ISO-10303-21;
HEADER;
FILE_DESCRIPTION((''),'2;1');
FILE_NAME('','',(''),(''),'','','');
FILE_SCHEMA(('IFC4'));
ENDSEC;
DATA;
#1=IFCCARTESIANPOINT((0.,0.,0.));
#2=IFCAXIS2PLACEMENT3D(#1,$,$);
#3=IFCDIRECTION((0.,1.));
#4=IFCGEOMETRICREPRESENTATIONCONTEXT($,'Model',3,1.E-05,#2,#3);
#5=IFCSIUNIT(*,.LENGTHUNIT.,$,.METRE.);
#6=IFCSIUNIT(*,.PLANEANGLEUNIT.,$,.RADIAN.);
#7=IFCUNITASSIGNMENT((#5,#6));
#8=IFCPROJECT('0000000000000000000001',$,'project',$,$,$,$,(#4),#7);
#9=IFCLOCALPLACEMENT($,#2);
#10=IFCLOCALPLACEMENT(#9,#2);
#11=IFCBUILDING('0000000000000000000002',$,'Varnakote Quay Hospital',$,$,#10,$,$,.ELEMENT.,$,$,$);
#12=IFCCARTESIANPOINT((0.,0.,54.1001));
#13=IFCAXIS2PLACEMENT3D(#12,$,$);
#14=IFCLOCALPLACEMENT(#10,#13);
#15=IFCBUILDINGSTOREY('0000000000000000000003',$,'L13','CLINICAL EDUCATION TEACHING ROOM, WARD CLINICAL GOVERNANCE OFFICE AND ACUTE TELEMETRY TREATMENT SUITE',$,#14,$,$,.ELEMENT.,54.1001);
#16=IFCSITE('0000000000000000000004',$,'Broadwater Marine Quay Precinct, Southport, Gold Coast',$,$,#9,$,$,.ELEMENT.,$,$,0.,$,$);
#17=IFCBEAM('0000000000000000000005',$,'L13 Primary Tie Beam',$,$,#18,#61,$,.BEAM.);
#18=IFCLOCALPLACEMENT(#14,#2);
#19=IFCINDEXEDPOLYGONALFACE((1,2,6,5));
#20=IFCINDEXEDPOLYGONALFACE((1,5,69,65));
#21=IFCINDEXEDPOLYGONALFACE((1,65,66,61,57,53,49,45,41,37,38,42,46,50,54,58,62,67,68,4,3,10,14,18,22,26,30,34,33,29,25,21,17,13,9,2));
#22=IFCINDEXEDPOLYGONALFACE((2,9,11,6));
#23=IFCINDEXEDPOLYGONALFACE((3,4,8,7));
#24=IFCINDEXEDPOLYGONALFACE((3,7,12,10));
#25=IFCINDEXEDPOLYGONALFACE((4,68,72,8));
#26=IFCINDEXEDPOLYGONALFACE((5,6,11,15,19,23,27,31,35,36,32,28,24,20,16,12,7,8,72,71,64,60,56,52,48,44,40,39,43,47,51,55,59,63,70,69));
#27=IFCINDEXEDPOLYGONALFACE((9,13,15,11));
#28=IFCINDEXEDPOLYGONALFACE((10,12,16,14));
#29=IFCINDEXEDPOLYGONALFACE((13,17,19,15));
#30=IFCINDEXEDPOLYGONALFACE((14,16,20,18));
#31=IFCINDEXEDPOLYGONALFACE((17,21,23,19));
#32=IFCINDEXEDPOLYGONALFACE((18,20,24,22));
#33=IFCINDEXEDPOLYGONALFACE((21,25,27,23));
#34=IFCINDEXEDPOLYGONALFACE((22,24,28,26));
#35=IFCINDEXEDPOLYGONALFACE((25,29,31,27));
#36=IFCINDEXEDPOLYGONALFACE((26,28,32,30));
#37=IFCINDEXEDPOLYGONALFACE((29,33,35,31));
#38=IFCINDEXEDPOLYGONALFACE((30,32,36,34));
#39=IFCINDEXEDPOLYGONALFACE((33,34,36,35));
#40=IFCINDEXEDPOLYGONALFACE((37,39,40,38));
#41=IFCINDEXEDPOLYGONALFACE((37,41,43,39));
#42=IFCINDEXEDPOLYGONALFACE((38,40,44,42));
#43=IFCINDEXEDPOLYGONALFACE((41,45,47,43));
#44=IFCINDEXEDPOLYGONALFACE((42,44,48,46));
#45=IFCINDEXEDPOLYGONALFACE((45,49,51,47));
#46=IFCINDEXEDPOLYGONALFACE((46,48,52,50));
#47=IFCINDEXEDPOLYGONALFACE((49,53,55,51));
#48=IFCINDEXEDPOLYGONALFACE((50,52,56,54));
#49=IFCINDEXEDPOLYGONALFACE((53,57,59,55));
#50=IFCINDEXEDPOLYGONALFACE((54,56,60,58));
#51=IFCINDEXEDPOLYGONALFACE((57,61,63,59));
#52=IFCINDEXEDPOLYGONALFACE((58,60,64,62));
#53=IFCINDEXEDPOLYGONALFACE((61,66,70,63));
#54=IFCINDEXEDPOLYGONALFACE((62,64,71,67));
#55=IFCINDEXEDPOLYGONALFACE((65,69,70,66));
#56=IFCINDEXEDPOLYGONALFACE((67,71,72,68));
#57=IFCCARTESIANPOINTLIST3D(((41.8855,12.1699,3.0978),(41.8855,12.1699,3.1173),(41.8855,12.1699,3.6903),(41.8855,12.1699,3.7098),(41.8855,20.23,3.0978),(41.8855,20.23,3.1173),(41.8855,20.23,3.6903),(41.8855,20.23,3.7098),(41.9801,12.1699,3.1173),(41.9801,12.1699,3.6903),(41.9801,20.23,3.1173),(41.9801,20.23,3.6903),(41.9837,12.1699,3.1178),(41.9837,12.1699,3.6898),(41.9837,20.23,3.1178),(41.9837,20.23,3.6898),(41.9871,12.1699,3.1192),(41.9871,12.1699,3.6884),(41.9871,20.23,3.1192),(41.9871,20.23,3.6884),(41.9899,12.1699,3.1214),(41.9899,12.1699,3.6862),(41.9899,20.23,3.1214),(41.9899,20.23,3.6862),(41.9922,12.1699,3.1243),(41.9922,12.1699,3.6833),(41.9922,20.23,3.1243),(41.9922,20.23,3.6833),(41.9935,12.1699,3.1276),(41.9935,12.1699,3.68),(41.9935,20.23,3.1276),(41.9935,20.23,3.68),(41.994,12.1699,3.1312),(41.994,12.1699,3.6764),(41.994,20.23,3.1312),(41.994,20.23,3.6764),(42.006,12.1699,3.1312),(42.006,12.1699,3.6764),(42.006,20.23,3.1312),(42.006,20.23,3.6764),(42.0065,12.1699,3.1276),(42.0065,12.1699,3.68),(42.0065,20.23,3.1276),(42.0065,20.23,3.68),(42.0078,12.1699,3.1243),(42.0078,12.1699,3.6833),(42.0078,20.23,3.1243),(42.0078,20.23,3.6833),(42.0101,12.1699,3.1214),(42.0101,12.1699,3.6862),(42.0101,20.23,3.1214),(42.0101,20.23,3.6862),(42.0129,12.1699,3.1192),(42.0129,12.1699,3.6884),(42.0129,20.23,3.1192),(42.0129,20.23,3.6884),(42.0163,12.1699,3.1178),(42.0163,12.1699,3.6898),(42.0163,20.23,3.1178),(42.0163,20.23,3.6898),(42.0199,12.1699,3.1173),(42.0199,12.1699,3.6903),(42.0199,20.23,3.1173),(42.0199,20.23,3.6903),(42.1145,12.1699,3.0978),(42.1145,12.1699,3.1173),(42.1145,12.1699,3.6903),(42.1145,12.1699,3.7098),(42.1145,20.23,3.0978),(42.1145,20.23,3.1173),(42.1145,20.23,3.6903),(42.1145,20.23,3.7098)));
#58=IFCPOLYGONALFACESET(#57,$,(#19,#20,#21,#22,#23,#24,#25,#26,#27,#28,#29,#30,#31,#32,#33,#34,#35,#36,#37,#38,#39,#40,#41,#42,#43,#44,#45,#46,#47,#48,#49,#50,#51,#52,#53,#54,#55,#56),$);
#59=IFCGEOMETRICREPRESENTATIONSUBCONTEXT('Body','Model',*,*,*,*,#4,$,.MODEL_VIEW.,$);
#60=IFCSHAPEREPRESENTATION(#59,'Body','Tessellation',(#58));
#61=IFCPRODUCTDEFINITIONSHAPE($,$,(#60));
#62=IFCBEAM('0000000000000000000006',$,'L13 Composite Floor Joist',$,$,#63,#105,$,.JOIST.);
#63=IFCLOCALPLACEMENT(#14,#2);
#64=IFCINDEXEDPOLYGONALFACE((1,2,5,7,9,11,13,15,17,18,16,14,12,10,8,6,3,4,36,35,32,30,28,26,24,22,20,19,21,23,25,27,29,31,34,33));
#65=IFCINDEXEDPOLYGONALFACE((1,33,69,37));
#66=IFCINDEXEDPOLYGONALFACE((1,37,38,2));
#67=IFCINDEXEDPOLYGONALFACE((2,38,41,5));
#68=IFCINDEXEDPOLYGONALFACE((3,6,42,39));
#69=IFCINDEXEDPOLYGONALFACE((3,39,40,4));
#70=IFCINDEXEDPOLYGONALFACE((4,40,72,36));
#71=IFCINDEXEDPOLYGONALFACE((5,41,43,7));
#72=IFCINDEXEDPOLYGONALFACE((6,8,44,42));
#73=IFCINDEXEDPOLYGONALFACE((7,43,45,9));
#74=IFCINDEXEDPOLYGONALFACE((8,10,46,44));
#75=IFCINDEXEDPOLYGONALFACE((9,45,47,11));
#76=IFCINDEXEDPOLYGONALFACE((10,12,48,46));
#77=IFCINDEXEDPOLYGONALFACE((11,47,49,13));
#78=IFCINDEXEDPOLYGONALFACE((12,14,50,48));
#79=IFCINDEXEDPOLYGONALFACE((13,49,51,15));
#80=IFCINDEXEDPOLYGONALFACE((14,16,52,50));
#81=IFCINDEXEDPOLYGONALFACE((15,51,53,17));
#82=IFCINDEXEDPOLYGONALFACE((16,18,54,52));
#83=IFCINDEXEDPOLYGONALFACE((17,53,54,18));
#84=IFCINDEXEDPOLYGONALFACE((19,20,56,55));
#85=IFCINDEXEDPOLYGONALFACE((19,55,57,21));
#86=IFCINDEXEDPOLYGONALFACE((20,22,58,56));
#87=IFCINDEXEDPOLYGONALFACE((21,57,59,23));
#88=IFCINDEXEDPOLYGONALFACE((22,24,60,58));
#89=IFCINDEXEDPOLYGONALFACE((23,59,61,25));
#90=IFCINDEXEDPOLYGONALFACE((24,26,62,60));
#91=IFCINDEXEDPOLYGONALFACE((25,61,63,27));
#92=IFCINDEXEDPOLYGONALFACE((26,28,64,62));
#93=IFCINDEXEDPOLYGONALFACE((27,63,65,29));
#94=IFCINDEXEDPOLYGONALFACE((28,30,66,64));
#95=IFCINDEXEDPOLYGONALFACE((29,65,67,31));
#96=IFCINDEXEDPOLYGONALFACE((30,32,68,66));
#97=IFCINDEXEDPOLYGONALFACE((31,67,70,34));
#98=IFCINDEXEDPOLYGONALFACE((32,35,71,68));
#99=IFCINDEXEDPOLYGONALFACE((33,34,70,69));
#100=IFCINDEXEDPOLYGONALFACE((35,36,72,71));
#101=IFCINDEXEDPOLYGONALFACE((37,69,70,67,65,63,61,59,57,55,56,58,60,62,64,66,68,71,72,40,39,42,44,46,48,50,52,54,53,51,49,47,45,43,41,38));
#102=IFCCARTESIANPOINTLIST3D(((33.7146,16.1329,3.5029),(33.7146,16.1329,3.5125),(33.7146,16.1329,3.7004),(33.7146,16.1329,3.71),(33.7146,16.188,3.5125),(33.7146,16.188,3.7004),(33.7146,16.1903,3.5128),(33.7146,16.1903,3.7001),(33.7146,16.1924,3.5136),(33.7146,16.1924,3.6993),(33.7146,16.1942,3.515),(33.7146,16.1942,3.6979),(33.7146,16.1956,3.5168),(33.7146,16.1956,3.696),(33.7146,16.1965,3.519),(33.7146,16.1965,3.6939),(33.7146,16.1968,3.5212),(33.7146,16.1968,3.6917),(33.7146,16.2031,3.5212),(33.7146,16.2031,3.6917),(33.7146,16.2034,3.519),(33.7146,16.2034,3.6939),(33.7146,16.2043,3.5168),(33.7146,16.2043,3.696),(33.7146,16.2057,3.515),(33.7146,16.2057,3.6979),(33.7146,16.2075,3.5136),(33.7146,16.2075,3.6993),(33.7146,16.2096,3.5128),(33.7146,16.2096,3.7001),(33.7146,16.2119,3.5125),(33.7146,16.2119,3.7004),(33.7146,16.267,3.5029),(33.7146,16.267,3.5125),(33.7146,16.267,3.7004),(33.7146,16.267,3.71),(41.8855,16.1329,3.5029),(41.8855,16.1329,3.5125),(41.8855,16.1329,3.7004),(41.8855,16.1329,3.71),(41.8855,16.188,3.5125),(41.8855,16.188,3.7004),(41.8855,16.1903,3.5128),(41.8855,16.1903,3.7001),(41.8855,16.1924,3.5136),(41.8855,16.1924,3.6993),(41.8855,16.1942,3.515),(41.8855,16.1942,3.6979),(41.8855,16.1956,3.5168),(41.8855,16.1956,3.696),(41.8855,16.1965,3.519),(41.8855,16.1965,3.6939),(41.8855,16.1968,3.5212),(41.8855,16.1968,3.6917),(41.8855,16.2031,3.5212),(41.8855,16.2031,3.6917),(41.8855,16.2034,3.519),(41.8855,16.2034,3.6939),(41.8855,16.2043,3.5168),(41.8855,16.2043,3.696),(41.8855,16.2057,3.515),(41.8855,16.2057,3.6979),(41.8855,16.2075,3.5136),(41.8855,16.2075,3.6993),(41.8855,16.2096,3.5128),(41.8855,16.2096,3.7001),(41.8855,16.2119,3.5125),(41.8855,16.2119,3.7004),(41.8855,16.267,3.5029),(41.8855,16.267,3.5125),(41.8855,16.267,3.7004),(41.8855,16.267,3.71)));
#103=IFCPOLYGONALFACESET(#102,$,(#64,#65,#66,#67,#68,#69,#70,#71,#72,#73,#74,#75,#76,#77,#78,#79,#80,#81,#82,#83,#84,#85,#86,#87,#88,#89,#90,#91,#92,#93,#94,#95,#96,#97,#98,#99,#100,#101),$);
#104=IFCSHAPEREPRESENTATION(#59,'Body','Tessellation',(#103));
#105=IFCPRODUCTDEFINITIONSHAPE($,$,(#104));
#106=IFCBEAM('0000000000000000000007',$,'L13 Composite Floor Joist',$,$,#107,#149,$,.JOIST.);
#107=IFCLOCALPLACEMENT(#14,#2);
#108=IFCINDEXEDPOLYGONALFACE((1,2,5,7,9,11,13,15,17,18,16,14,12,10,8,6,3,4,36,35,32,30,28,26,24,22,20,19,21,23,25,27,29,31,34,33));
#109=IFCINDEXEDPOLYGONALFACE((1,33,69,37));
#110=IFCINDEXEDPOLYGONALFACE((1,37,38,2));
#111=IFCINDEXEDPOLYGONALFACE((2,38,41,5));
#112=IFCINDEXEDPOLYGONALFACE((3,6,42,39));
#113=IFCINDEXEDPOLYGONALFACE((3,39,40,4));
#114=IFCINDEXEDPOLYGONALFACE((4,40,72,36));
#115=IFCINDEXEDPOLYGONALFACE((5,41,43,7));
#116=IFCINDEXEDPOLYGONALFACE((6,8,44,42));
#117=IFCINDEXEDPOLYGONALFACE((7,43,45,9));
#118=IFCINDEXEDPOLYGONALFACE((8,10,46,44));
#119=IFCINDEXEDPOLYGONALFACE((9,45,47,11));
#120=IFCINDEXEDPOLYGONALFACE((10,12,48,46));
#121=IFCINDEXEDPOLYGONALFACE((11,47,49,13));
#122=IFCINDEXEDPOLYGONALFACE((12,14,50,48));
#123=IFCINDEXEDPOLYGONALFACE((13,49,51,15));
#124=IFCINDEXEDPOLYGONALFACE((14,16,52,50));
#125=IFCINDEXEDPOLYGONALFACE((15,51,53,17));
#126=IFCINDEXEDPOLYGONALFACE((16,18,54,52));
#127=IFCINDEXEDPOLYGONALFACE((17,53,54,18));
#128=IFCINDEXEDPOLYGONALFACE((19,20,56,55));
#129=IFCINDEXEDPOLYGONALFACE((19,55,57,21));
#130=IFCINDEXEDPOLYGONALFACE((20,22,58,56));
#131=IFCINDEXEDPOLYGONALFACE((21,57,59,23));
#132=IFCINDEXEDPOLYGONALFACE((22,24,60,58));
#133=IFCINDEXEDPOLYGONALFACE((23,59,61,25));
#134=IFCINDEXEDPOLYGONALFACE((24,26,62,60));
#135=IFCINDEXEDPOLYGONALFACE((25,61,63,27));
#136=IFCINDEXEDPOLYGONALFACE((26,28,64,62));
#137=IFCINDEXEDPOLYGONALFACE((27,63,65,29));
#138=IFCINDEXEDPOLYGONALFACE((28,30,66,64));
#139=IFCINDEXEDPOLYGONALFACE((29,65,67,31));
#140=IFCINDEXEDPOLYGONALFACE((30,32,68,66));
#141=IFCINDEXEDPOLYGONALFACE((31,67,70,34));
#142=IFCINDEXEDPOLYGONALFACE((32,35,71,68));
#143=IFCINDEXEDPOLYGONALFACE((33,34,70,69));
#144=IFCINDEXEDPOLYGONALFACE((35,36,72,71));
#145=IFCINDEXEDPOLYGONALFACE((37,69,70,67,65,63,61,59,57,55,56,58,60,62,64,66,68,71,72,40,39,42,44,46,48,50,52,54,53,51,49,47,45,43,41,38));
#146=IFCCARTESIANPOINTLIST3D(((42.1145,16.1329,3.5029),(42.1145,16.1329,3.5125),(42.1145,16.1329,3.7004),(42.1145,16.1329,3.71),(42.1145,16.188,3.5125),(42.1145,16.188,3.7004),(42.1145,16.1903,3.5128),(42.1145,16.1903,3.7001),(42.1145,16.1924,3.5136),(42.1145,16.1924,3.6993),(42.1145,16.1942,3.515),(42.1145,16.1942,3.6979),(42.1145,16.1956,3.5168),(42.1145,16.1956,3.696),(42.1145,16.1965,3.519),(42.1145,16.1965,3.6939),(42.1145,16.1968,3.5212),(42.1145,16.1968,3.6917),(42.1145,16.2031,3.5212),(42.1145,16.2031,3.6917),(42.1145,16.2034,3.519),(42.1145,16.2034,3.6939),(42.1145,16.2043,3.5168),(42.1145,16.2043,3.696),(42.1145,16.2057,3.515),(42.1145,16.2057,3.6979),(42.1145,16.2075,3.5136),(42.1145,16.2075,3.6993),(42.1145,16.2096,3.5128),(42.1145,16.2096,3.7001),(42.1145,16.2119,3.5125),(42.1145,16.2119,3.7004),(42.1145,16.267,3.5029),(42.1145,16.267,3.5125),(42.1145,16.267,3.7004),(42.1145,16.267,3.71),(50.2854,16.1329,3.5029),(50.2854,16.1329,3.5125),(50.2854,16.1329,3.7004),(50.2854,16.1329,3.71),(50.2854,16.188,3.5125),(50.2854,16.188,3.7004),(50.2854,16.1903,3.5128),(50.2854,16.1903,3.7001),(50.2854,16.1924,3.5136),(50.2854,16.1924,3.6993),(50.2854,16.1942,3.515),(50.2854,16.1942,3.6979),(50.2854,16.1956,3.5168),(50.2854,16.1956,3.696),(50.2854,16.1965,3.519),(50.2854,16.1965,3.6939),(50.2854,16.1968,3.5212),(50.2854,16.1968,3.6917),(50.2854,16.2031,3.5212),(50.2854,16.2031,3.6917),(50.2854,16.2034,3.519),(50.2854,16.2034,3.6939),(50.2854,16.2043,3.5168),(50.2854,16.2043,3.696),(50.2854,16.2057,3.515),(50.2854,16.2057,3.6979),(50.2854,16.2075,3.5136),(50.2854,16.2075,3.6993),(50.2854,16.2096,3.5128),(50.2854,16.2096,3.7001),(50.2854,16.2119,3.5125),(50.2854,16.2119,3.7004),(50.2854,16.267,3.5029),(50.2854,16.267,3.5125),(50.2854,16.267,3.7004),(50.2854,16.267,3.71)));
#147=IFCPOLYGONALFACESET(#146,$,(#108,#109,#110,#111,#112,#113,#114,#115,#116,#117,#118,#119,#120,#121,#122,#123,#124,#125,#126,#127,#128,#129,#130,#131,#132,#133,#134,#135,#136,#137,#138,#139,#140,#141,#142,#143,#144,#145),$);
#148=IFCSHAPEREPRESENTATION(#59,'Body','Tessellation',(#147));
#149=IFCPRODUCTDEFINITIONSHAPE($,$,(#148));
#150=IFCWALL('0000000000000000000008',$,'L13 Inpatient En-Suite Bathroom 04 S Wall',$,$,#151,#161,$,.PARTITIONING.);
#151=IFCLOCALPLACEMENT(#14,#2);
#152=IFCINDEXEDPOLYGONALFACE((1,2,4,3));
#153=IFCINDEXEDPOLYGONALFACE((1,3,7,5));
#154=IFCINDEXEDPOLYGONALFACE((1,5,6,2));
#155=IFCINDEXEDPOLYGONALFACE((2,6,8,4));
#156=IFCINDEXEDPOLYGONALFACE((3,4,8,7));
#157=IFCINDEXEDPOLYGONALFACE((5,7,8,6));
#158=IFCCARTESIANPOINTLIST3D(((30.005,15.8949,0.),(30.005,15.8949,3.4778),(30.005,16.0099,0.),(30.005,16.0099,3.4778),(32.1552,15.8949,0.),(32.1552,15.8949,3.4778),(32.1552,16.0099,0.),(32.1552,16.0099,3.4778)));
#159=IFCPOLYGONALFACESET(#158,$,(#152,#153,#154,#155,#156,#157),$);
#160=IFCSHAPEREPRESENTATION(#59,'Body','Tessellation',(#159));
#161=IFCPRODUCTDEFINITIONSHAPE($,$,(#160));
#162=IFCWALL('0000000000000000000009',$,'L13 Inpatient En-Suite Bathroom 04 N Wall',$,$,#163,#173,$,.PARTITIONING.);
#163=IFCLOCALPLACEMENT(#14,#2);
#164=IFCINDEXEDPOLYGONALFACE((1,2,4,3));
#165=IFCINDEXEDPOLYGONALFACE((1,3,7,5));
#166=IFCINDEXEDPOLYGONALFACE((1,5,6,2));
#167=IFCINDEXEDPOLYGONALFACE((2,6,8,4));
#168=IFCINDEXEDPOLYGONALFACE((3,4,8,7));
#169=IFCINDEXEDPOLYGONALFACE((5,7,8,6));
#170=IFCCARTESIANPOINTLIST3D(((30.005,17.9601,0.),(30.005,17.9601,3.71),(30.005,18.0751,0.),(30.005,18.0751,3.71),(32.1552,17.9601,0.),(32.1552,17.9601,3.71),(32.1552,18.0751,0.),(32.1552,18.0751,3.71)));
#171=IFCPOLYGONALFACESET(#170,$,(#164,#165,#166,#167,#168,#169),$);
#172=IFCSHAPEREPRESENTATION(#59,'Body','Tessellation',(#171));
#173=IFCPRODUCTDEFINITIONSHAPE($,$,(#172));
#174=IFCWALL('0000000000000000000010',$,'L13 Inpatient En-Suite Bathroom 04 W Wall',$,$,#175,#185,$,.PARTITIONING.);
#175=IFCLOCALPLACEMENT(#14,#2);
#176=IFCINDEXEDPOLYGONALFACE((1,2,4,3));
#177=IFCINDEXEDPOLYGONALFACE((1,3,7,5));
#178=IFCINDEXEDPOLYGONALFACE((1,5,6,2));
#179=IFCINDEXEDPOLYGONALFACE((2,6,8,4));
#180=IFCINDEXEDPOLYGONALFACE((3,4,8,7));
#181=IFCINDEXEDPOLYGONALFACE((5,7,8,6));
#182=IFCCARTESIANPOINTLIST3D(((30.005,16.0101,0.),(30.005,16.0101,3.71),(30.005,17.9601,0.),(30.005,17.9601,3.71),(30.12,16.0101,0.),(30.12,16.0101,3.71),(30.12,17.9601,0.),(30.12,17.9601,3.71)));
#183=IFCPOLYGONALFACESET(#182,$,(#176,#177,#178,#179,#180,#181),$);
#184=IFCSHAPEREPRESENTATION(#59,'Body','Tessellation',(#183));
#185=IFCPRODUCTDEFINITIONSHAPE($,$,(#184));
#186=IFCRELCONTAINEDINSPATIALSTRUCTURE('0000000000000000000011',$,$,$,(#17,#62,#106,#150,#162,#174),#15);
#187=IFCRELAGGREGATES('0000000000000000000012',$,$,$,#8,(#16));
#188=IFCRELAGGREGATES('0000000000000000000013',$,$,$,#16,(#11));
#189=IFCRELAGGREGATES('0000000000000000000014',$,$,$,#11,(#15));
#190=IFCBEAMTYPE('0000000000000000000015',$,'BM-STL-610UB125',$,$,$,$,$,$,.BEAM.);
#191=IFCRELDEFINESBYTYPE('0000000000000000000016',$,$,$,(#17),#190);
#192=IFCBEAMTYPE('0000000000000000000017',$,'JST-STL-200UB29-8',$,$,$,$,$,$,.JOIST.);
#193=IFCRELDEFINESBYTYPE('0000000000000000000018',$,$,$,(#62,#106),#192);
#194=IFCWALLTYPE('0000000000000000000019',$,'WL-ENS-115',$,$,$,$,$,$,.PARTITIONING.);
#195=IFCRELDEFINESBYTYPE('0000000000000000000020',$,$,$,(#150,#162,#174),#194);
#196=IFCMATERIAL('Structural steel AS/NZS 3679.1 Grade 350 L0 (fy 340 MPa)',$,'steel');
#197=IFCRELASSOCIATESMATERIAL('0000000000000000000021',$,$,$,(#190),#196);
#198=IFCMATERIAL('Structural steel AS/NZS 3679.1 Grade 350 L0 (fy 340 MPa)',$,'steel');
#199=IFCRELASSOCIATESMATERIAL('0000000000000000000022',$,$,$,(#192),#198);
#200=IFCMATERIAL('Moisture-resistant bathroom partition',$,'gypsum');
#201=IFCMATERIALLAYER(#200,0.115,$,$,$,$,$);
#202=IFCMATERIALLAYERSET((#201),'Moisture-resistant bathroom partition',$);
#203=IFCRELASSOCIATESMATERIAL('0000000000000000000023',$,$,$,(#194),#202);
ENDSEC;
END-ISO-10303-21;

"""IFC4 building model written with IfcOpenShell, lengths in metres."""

from ifc_helpers import new_model, si_unit, direction, frame, frame_2d, origin, origin_2d, place, context, subcontext, project, spatial, rectangle, i_section, extrude, material, layer, layer_set, material_profile, profile_set, type_object, element, save


model = new_model("IFC4")

# Units and contexts
model_context = context("Model", 3, precision=1e-05, world=origin(), true_north=direction((0.0, 1.0)))
body_context = subcontext(model_context, "Body", "Model", "MODEL_VIEW")
ifc_project = project(units=[si_unit("LENGTHUNIT", "METRE"), si_unit("PLANEANGLEUNIT", "RADIAN")], contexts=[model_context])

# Site, building, storey
site_placement = place(None, origin())
site = spatial("IfcSite", under=ifc_project, at=site_placement, Name="Broadwater Marine Quay Precinct, Southport, Gold Coast", CompositionType="ELEMENT", RefElevation=0.0)
building_placement = place(site_placement, origin())
building = spatial("IfcBuilding", under=site, at=building_placement, Name="Varnakote Quay Hospital", CompositionType="ELEMENT")
storey_placement = place(building_placement, frame((0.0, 0.0, 54.1001)))
storey = spatial("IfcBuildingStorey", under=building, at=storey_placement, Name="L13", Description="CLINICAL EDUCATION TEACHING ROOM, WARD CLINICAL GOVERNANCE OFFICE AND ACUTE TELEMETRY TREATMENT SUITE", CompositionType="ELEMENT", Elevation=54.1001)

# Beams
ifc_material_1 = material(Name="Structural steel AS/NZS 3679.1 Grade 350 L0 (fy 340 MPa)", Category="steel")
ifc_material_profile_1 = material_profile(ifc_material_1, i_section(OverallWidth=0.229, OverallDepth=0.6121, WebThickness=0.012, FlangeThickness=0.0195, FilletRadius=0.0139, at=origin_2d()), Name="610UB125")
ifc_profile_set_1 = profile_set([ifc_material_profile_1], Name="Structural steel AS/NZS 3679.1 Grade 350 L0 (fy 340 MPa)")
beam_type_1 = type_object("IfcBeamType", Name="BM-STL-610UB125", PredefinedType="BEAM", material=ifc_profile_set_1)
beam_placement = place(storey_placement, frame((42.0, 12.1699, 3.4038), z_axis=(0.0, 1.0, 0.0), x_axis=(-1.0, 0.0, 0.0)))
element("IfcBeam", 1, at=beam_placement, inside=storey, type_object=beam_type_1, Name="L13 Primary Tie Beam", PredefinedType="BEAM", context=body_context, shape_type="SweptSolid", body=[
    extrude(i_section(OverallWidth=0.229, OverallDepth=0.6121, WebThickness=0.012, FlangeThickness=0.0195, FilletRadius=0.0139, at=origin_2d()), origin(), (0.0, 0.0, 1.0), 8.0601),
])
ifc_material_2 = material(Name="Structural steel AS/NZS 3679.1 Grade 350 L0 (fy 340 MPa)", Category="steel")
ifc_material_profile_2 = material_profile(ifc_material_2, i_section(OverallWidth=0.134, OverallDepth=0.207, WebThickness=0.0063, FlangeThickness=0.0095, FilletRadius=0.0088, at=origin_2d()), Name="200UB29.8")
ifc_profile_set_2 = profile_set([ifc_material_profile_2], Name="Structural steel AS/NZS 3679.1 Grade 350 L0 (fy 340 MPa)")
beam_type_2 = type_object("IfcBeamType", Name="JST-STL-200UB29-8", PredefinedType="JOIST", material=ifc_profile_set_2)
for number, where, z_axis, x_axis, name in (
    (2, (33.7146, 16.2, 3.6064), (1.0, 0.0, 0.0), (0.0, 1.0, 0.0), "L13 Composite Floor Joist"),
    (3, (42.1145, 16.2, 3.6064), (1.0, 0.0, 0.0), (0.0, 1.0, 0.0), "L13 Composite Floor Joist"),
):
    element("IfcBeam", number, at=place(storey_placement, frame(where, z_axis=z_axis, x_axis=x_axis)), inside=storey, type_object=beam_type_2, Name=name, PredefinedType="JOIST", context=body_context, shape_type="SweptSolid", body=[
        extrude(i_section(OverallWidth=0.134, OverallDepth=0.207, WebThickness=0.0063, FlangeThickness=0.0095, FilletRadius=0.0088, at=origin_2d()), origin(), (0.0, 0.0, 1.0), 8.1709),
    ])

# Walls
ifc_material_3 = material(Name="Moisture-resistant bathroom partition", Category="gypsum")
ifc_layer_1 = layer(ifc_material_3, 0.115)
ifc_layer_set_1 = layer_set([ifc_layer_1], Name="Moisture-resistant bathroom partition")
wall_type_1 = type_object("IfcWallType", Name="WL-ENS-115", PredefinedType="PARTITIONING", material=ifc_layer_set_1)
wall_1_placement = place(storey_placement, frame((30.0049, 15.9524, 0.0), z_axis=(0.0, 0.0, 1.0), x_axis=(1.0, 0.0, 0.0)))
element("IfcWall", 4, at=wall_1_placement, inside=storey, type_object=wall_type_1, Name="L13 Inpatient En-Suite Bathroom 04 S Wall", PredefinedType="PARTITIONING", context=body_context, shape_type="SweptSolid", body=[
    extrude(rectangle(XDim=2.1501, YDim=0.115, at=frame_2d((1.0752, 0.0))), origin(), (0.0, 0.0, 1.0), 3.4778),
])
wall_2_placement = place(storey_placement, frame((30.0049, 18.0176, 0.0), z_axis=(0.0, 0.0, 1.0), x_axis=(1.0, 0.0, 0.0)))
element("IfcWall", 5, at=wall_2_placement, inside=storey, type_object=wall_type_1, Name="L13 Inpatient En-Suite Bathroom 04 N Wall", PredefinedType="PARTITIONING", context=body_context, shape_type="SweptSolid", body=[
    extrude(rectangle(XDim=2.1501, YDim=0.115, at=frame_2d((1.0752, 0.0))), origin(), (0.0, 0.0, 1.0), 3.71),
])
wall_3_placement = place(storey_placement, frame((30.0625, 16.01, 0.0), z_axis=(0.0, 0.0, 1.0), x_axis=(0.0, 1.0, 0.0)))
element("IfcWall", 6, at=wall_3_placement, inside=storey, type_object=wall_type_1, Name="L13 Inpatient En-Suite Bathroom 04 W Wall", PredefinedType="PARTITIONING", context=body_context, shape_type="SweptSolid", body=[
    extrude(rectangle(XDim=1.95, YDim=0.115, at=frame_2d((0.9751, 0.0))), origin(), (0.0, 0.0, 1.0), 3.71),
])

save(model, "model.ifc")
